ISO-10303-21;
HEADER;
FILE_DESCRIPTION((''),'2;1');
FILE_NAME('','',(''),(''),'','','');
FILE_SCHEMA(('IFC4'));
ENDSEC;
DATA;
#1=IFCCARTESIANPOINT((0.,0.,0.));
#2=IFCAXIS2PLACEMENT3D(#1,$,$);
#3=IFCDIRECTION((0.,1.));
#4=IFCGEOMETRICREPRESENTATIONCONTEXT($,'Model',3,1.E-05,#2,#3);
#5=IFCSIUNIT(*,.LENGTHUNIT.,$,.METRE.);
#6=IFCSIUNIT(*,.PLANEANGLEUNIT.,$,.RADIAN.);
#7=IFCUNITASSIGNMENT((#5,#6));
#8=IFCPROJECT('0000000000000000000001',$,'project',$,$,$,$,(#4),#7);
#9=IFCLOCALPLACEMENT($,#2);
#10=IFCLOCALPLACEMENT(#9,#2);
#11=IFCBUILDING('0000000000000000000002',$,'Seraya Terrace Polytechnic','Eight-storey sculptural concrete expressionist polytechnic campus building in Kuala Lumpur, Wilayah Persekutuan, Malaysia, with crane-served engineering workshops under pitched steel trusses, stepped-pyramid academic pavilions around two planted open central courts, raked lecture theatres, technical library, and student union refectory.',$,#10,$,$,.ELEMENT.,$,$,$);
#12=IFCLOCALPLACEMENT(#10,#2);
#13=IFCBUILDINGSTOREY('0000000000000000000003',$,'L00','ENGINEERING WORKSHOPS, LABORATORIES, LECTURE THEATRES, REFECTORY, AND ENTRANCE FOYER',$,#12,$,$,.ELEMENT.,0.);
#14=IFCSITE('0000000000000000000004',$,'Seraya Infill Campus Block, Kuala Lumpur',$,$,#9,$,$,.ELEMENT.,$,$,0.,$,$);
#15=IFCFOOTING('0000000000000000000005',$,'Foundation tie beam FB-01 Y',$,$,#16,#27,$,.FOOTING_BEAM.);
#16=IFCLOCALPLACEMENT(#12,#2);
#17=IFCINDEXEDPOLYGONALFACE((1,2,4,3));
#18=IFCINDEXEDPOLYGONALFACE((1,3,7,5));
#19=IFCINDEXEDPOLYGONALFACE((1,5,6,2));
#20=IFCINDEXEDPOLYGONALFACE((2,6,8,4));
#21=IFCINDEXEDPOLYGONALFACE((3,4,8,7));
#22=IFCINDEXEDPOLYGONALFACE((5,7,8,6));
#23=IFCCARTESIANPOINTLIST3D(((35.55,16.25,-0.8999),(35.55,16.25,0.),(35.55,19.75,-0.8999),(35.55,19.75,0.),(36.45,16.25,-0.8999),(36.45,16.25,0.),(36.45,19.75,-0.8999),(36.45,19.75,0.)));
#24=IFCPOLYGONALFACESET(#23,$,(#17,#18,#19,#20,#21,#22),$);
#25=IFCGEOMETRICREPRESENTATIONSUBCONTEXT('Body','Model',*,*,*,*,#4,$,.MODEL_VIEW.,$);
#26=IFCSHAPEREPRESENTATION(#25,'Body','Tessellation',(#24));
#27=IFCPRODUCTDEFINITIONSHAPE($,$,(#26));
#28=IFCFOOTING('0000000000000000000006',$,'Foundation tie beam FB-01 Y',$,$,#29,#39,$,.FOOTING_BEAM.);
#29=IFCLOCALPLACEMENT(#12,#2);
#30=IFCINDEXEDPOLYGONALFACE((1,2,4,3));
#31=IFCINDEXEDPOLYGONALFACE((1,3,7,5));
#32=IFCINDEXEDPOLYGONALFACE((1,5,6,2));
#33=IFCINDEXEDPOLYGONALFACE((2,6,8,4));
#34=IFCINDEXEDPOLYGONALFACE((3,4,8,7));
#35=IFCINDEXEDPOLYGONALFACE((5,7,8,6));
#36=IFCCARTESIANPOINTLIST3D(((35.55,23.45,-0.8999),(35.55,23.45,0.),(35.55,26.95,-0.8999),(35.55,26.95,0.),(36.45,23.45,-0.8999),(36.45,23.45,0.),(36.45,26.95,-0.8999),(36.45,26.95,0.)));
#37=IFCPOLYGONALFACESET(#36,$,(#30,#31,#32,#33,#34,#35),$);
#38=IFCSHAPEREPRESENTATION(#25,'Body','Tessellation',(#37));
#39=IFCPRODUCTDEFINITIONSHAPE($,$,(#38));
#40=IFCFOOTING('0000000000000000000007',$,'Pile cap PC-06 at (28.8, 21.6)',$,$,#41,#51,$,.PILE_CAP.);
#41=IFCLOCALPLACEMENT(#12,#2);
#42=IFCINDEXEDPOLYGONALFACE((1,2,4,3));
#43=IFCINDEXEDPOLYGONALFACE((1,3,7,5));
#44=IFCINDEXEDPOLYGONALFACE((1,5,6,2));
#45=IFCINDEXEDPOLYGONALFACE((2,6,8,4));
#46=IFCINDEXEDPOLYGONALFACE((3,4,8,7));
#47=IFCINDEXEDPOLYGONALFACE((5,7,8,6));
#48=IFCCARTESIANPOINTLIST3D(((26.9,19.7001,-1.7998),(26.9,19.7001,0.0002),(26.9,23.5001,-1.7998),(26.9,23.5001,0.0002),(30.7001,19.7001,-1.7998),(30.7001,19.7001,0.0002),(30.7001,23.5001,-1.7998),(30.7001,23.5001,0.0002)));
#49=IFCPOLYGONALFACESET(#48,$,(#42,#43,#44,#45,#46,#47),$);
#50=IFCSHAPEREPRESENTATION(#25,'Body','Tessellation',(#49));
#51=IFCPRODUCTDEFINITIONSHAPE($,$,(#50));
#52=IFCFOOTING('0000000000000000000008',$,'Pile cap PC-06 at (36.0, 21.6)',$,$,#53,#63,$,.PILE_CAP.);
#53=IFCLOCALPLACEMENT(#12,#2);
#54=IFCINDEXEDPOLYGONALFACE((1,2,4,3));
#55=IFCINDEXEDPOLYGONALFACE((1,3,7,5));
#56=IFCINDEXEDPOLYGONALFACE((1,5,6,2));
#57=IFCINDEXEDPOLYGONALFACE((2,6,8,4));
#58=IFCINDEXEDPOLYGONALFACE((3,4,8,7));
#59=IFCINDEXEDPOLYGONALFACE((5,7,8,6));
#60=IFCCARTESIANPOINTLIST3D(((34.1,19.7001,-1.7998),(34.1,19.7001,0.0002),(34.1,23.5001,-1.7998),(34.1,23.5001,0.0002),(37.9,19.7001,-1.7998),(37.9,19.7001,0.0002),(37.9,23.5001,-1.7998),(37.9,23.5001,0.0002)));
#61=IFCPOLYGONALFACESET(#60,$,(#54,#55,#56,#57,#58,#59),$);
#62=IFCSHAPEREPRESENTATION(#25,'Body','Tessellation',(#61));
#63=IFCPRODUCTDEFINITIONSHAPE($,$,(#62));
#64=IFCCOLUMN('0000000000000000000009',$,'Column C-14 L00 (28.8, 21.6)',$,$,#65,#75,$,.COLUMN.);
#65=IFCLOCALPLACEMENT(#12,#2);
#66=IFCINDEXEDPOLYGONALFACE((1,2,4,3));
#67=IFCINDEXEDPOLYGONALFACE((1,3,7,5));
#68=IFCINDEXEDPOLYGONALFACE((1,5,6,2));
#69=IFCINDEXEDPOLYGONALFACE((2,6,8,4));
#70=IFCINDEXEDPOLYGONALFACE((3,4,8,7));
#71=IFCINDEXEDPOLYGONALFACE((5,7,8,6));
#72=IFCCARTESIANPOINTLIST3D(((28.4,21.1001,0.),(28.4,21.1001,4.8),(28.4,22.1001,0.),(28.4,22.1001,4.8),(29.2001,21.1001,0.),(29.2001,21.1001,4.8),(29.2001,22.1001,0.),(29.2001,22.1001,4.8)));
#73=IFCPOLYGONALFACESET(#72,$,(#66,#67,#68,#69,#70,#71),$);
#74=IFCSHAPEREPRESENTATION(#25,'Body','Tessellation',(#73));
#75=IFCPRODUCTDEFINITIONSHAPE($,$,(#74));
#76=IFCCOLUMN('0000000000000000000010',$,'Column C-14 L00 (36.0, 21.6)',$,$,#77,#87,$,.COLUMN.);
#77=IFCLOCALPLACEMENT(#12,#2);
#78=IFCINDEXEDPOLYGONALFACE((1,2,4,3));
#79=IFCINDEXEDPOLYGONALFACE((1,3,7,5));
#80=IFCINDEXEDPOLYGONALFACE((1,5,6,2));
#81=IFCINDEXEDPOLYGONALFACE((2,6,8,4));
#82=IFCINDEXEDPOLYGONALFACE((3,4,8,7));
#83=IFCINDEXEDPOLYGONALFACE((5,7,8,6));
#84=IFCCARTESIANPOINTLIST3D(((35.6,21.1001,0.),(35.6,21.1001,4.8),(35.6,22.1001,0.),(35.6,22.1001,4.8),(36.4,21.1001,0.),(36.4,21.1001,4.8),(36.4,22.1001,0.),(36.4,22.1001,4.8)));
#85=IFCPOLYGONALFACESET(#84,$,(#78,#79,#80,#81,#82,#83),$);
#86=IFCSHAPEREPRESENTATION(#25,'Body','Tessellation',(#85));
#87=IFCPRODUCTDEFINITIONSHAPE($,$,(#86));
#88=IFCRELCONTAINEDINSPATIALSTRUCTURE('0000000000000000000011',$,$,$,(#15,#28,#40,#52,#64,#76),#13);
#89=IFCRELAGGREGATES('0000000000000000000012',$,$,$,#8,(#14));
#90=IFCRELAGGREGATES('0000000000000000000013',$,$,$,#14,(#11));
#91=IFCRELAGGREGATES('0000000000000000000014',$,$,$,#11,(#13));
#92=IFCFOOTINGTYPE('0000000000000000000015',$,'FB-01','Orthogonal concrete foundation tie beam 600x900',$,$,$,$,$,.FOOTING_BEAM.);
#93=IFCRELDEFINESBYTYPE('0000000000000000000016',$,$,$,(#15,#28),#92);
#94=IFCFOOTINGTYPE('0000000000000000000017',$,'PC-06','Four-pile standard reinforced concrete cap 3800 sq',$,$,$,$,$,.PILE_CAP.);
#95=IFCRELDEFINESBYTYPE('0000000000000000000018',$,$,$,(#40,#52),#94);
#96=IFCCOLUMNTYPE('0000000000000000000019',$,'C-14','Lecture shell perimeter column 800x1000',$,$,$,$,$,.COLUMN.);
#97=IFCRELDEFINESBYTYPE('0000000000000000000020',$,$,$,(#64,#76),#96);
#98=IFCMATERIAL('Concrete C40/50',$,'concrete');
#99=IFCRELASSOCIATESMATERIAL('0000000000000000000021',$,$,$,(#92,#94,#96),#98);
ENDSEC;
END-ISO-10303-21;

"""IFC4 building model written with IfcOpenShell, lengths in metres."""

from ifc_helpers import new_model, si_unit, direction, frame, origin, origin_2d, place, context, subcontext, project, spatial, rectangle, extrude, material, material_profile, profile_set, type_object, element, save


model = new_model("IFC4")

# Units and contexts
model_context = context("Model", 3, precision=1e-05, world=origin(), true_north=direction((0.0, 1.0)))
body_context = subcontext(model_context, "Body", "Model", "MODEL_VIEW")
ifc_project = project(units=[si_unit("LENGTHUNIT", "METRE"), si_unit("PLANEANGLEUNIT", "RADIAN")], contexts=[model_context])

# Site, building, storey
site_placement = place(None, origin())
site = spatial("IfcSite", under=ifc_project, at=site_placement, Name="Seraya Infill Campus Block, Kuala Lumpur", CompositionType="ELEMENT", RefElevation=0.0)
building_placement = place(site_placement, origin())
building = spatial("IfcBuilding", under=site, at=building_placement, Name="Seraya Terrace Polytechnic", Description="Eight-storey sculptural concrete expressionist polytechnic campus building in Kuala Lumpur, Wilayah Persekutuan, Malaysia, with crane-served engineering workshops under pitched steel trusses, stepped-pyramid academic pavilions around two planted open central courts, raked lecture theatres, technical library, and student union refectory.", CompositionType="ELEMENT")
storey_placement = place(building_placement, origin())
storey = spatial("IfcBuildingStorey", under=building, at=storey_placement, Name="L00", Description="ENGINEERING WORKSHOPS, LABORATORIES, LECTURE THEATRES, REFECTORY, AND ENTRANCE FOYER", CompositionType="ELEMENT", Elevation=0.0)

# Shared definitions
ifc_material = material(Name="Concrete C40/50", Category="concrete")

# Footings
footing_type_1 = type_object("IfcFootingType", Name="FB-01", Description="Orthogonal concrete foundation tie beam 600x900", PredefinedType="FOOTING_BEAM", material=ifc_material)
for number, where, z_axis, x_axis, name in (
    (1, (36.0, 18.0, -0.8999), (0.0, 0.0, 1.0), (0.0, 1.0, 0.0), "Foundation tie beam FB-01 Y"),
    (2, (36.0, 25.2, -0.8999), (0.0, 0.0, 1.0), (0.0, 1.0, 0.0), "Foundation tie beam FB-01 Y"),
):
    element("IfcFooting", number, at=place(storey_placement, frame(where, z_axis=z_axis, x_axis=x_axis)), inside=storey, type_object=footing_type_1, Name=name, PredefinedType="FOOTING_BEAM", context=body_context, shape_type="SweptSolid", body=[
        extrude(rectangle(XDim=3.5, YDim=0.8999, at=origin_2d()), origin(), (0.0, 0.0, 1.0), 0.8999),
    ])
footing_type_2 = type_object("IfcFootingType", Name="PC-06", Description="Four-pile standard reinforced concrete cap 3800 sq", PredefinedType="PILE_CAP", material=ifc_material)
for number, where, z_axis, x_axis, name in (
    (3, (28.8, 21.6001, -1.7998), (0.0, 0.0, 1.0), (1.0, 0.0, 0.0), "Pile cap PC-06 at (28.8, 21.6)"),
    (4, (36.0, 21.6001, -1.7998), (0.0, 0.0, 1.0), (1.0, 0.0, 0.0), "Pile cap PC-06 at (36.0, 21.6)"),
):
    element("IfcFooting", number, at=place(storey_placement, frame(where, z_axis=z_axis, x_axis=x_axis)), inside=storey, type_object=footing_type_2, Name=name, PredefinedType="PILE_CAP", context=body_context, shape_type="SweptSolid", body=[
        extrude(rectangle(XDim=3.8, YDim=3.8, at=origin_2d()), origin(), (0.0, 0.0, 1.0), 1.8),
    ])

# Columns
ifc_material_profile_1 = material_profile(ifc_material, rectangle(XDim=0.8, YDim=1.0, at=origin_2d()), Name="RC 800x1000")
ifc_profile_set_1 = profile_set([ifc_material_profile_1], Name="Concrete C40/50")
column_type = type_object("IfcColumnType", Name="C-14", Description="Lecture shell perimeter column 800x1000", PredefinedType="COLUMN", material=ifc_profile_set_1)
for number, where, z_axis, x_axis, name in (
    (5, (28.8, 21.6001, 0.0), (0.0, 0.0, 1.0), (1.0, 0.0, 0.0), "Column C-14 L00 (28.8, 21.6)"),
    (6, (36.0, 21.6001, 0.0), (0.0, 0.0, 1.0), (1.0, 0.0, 0.0), "Column C-14 L00 (36.0, 21.6)"),
):
    element("IfcColumn", number, at=place(storey_placement, frame(where, z_axis=z_axis, x_axis=x_axis)), inside=storey, type_object=column_type, Name=name, PredefinedType="COLUMN", context=body_context, shape_type="SweptSolid", body=[
        extrude(rectangle(XDim=0.8, YDim=1.0, at=origin_2d()), origin(), (0.0, 0.0, 1.0), 4.8),
    ])

save(model, "model.ifc")
